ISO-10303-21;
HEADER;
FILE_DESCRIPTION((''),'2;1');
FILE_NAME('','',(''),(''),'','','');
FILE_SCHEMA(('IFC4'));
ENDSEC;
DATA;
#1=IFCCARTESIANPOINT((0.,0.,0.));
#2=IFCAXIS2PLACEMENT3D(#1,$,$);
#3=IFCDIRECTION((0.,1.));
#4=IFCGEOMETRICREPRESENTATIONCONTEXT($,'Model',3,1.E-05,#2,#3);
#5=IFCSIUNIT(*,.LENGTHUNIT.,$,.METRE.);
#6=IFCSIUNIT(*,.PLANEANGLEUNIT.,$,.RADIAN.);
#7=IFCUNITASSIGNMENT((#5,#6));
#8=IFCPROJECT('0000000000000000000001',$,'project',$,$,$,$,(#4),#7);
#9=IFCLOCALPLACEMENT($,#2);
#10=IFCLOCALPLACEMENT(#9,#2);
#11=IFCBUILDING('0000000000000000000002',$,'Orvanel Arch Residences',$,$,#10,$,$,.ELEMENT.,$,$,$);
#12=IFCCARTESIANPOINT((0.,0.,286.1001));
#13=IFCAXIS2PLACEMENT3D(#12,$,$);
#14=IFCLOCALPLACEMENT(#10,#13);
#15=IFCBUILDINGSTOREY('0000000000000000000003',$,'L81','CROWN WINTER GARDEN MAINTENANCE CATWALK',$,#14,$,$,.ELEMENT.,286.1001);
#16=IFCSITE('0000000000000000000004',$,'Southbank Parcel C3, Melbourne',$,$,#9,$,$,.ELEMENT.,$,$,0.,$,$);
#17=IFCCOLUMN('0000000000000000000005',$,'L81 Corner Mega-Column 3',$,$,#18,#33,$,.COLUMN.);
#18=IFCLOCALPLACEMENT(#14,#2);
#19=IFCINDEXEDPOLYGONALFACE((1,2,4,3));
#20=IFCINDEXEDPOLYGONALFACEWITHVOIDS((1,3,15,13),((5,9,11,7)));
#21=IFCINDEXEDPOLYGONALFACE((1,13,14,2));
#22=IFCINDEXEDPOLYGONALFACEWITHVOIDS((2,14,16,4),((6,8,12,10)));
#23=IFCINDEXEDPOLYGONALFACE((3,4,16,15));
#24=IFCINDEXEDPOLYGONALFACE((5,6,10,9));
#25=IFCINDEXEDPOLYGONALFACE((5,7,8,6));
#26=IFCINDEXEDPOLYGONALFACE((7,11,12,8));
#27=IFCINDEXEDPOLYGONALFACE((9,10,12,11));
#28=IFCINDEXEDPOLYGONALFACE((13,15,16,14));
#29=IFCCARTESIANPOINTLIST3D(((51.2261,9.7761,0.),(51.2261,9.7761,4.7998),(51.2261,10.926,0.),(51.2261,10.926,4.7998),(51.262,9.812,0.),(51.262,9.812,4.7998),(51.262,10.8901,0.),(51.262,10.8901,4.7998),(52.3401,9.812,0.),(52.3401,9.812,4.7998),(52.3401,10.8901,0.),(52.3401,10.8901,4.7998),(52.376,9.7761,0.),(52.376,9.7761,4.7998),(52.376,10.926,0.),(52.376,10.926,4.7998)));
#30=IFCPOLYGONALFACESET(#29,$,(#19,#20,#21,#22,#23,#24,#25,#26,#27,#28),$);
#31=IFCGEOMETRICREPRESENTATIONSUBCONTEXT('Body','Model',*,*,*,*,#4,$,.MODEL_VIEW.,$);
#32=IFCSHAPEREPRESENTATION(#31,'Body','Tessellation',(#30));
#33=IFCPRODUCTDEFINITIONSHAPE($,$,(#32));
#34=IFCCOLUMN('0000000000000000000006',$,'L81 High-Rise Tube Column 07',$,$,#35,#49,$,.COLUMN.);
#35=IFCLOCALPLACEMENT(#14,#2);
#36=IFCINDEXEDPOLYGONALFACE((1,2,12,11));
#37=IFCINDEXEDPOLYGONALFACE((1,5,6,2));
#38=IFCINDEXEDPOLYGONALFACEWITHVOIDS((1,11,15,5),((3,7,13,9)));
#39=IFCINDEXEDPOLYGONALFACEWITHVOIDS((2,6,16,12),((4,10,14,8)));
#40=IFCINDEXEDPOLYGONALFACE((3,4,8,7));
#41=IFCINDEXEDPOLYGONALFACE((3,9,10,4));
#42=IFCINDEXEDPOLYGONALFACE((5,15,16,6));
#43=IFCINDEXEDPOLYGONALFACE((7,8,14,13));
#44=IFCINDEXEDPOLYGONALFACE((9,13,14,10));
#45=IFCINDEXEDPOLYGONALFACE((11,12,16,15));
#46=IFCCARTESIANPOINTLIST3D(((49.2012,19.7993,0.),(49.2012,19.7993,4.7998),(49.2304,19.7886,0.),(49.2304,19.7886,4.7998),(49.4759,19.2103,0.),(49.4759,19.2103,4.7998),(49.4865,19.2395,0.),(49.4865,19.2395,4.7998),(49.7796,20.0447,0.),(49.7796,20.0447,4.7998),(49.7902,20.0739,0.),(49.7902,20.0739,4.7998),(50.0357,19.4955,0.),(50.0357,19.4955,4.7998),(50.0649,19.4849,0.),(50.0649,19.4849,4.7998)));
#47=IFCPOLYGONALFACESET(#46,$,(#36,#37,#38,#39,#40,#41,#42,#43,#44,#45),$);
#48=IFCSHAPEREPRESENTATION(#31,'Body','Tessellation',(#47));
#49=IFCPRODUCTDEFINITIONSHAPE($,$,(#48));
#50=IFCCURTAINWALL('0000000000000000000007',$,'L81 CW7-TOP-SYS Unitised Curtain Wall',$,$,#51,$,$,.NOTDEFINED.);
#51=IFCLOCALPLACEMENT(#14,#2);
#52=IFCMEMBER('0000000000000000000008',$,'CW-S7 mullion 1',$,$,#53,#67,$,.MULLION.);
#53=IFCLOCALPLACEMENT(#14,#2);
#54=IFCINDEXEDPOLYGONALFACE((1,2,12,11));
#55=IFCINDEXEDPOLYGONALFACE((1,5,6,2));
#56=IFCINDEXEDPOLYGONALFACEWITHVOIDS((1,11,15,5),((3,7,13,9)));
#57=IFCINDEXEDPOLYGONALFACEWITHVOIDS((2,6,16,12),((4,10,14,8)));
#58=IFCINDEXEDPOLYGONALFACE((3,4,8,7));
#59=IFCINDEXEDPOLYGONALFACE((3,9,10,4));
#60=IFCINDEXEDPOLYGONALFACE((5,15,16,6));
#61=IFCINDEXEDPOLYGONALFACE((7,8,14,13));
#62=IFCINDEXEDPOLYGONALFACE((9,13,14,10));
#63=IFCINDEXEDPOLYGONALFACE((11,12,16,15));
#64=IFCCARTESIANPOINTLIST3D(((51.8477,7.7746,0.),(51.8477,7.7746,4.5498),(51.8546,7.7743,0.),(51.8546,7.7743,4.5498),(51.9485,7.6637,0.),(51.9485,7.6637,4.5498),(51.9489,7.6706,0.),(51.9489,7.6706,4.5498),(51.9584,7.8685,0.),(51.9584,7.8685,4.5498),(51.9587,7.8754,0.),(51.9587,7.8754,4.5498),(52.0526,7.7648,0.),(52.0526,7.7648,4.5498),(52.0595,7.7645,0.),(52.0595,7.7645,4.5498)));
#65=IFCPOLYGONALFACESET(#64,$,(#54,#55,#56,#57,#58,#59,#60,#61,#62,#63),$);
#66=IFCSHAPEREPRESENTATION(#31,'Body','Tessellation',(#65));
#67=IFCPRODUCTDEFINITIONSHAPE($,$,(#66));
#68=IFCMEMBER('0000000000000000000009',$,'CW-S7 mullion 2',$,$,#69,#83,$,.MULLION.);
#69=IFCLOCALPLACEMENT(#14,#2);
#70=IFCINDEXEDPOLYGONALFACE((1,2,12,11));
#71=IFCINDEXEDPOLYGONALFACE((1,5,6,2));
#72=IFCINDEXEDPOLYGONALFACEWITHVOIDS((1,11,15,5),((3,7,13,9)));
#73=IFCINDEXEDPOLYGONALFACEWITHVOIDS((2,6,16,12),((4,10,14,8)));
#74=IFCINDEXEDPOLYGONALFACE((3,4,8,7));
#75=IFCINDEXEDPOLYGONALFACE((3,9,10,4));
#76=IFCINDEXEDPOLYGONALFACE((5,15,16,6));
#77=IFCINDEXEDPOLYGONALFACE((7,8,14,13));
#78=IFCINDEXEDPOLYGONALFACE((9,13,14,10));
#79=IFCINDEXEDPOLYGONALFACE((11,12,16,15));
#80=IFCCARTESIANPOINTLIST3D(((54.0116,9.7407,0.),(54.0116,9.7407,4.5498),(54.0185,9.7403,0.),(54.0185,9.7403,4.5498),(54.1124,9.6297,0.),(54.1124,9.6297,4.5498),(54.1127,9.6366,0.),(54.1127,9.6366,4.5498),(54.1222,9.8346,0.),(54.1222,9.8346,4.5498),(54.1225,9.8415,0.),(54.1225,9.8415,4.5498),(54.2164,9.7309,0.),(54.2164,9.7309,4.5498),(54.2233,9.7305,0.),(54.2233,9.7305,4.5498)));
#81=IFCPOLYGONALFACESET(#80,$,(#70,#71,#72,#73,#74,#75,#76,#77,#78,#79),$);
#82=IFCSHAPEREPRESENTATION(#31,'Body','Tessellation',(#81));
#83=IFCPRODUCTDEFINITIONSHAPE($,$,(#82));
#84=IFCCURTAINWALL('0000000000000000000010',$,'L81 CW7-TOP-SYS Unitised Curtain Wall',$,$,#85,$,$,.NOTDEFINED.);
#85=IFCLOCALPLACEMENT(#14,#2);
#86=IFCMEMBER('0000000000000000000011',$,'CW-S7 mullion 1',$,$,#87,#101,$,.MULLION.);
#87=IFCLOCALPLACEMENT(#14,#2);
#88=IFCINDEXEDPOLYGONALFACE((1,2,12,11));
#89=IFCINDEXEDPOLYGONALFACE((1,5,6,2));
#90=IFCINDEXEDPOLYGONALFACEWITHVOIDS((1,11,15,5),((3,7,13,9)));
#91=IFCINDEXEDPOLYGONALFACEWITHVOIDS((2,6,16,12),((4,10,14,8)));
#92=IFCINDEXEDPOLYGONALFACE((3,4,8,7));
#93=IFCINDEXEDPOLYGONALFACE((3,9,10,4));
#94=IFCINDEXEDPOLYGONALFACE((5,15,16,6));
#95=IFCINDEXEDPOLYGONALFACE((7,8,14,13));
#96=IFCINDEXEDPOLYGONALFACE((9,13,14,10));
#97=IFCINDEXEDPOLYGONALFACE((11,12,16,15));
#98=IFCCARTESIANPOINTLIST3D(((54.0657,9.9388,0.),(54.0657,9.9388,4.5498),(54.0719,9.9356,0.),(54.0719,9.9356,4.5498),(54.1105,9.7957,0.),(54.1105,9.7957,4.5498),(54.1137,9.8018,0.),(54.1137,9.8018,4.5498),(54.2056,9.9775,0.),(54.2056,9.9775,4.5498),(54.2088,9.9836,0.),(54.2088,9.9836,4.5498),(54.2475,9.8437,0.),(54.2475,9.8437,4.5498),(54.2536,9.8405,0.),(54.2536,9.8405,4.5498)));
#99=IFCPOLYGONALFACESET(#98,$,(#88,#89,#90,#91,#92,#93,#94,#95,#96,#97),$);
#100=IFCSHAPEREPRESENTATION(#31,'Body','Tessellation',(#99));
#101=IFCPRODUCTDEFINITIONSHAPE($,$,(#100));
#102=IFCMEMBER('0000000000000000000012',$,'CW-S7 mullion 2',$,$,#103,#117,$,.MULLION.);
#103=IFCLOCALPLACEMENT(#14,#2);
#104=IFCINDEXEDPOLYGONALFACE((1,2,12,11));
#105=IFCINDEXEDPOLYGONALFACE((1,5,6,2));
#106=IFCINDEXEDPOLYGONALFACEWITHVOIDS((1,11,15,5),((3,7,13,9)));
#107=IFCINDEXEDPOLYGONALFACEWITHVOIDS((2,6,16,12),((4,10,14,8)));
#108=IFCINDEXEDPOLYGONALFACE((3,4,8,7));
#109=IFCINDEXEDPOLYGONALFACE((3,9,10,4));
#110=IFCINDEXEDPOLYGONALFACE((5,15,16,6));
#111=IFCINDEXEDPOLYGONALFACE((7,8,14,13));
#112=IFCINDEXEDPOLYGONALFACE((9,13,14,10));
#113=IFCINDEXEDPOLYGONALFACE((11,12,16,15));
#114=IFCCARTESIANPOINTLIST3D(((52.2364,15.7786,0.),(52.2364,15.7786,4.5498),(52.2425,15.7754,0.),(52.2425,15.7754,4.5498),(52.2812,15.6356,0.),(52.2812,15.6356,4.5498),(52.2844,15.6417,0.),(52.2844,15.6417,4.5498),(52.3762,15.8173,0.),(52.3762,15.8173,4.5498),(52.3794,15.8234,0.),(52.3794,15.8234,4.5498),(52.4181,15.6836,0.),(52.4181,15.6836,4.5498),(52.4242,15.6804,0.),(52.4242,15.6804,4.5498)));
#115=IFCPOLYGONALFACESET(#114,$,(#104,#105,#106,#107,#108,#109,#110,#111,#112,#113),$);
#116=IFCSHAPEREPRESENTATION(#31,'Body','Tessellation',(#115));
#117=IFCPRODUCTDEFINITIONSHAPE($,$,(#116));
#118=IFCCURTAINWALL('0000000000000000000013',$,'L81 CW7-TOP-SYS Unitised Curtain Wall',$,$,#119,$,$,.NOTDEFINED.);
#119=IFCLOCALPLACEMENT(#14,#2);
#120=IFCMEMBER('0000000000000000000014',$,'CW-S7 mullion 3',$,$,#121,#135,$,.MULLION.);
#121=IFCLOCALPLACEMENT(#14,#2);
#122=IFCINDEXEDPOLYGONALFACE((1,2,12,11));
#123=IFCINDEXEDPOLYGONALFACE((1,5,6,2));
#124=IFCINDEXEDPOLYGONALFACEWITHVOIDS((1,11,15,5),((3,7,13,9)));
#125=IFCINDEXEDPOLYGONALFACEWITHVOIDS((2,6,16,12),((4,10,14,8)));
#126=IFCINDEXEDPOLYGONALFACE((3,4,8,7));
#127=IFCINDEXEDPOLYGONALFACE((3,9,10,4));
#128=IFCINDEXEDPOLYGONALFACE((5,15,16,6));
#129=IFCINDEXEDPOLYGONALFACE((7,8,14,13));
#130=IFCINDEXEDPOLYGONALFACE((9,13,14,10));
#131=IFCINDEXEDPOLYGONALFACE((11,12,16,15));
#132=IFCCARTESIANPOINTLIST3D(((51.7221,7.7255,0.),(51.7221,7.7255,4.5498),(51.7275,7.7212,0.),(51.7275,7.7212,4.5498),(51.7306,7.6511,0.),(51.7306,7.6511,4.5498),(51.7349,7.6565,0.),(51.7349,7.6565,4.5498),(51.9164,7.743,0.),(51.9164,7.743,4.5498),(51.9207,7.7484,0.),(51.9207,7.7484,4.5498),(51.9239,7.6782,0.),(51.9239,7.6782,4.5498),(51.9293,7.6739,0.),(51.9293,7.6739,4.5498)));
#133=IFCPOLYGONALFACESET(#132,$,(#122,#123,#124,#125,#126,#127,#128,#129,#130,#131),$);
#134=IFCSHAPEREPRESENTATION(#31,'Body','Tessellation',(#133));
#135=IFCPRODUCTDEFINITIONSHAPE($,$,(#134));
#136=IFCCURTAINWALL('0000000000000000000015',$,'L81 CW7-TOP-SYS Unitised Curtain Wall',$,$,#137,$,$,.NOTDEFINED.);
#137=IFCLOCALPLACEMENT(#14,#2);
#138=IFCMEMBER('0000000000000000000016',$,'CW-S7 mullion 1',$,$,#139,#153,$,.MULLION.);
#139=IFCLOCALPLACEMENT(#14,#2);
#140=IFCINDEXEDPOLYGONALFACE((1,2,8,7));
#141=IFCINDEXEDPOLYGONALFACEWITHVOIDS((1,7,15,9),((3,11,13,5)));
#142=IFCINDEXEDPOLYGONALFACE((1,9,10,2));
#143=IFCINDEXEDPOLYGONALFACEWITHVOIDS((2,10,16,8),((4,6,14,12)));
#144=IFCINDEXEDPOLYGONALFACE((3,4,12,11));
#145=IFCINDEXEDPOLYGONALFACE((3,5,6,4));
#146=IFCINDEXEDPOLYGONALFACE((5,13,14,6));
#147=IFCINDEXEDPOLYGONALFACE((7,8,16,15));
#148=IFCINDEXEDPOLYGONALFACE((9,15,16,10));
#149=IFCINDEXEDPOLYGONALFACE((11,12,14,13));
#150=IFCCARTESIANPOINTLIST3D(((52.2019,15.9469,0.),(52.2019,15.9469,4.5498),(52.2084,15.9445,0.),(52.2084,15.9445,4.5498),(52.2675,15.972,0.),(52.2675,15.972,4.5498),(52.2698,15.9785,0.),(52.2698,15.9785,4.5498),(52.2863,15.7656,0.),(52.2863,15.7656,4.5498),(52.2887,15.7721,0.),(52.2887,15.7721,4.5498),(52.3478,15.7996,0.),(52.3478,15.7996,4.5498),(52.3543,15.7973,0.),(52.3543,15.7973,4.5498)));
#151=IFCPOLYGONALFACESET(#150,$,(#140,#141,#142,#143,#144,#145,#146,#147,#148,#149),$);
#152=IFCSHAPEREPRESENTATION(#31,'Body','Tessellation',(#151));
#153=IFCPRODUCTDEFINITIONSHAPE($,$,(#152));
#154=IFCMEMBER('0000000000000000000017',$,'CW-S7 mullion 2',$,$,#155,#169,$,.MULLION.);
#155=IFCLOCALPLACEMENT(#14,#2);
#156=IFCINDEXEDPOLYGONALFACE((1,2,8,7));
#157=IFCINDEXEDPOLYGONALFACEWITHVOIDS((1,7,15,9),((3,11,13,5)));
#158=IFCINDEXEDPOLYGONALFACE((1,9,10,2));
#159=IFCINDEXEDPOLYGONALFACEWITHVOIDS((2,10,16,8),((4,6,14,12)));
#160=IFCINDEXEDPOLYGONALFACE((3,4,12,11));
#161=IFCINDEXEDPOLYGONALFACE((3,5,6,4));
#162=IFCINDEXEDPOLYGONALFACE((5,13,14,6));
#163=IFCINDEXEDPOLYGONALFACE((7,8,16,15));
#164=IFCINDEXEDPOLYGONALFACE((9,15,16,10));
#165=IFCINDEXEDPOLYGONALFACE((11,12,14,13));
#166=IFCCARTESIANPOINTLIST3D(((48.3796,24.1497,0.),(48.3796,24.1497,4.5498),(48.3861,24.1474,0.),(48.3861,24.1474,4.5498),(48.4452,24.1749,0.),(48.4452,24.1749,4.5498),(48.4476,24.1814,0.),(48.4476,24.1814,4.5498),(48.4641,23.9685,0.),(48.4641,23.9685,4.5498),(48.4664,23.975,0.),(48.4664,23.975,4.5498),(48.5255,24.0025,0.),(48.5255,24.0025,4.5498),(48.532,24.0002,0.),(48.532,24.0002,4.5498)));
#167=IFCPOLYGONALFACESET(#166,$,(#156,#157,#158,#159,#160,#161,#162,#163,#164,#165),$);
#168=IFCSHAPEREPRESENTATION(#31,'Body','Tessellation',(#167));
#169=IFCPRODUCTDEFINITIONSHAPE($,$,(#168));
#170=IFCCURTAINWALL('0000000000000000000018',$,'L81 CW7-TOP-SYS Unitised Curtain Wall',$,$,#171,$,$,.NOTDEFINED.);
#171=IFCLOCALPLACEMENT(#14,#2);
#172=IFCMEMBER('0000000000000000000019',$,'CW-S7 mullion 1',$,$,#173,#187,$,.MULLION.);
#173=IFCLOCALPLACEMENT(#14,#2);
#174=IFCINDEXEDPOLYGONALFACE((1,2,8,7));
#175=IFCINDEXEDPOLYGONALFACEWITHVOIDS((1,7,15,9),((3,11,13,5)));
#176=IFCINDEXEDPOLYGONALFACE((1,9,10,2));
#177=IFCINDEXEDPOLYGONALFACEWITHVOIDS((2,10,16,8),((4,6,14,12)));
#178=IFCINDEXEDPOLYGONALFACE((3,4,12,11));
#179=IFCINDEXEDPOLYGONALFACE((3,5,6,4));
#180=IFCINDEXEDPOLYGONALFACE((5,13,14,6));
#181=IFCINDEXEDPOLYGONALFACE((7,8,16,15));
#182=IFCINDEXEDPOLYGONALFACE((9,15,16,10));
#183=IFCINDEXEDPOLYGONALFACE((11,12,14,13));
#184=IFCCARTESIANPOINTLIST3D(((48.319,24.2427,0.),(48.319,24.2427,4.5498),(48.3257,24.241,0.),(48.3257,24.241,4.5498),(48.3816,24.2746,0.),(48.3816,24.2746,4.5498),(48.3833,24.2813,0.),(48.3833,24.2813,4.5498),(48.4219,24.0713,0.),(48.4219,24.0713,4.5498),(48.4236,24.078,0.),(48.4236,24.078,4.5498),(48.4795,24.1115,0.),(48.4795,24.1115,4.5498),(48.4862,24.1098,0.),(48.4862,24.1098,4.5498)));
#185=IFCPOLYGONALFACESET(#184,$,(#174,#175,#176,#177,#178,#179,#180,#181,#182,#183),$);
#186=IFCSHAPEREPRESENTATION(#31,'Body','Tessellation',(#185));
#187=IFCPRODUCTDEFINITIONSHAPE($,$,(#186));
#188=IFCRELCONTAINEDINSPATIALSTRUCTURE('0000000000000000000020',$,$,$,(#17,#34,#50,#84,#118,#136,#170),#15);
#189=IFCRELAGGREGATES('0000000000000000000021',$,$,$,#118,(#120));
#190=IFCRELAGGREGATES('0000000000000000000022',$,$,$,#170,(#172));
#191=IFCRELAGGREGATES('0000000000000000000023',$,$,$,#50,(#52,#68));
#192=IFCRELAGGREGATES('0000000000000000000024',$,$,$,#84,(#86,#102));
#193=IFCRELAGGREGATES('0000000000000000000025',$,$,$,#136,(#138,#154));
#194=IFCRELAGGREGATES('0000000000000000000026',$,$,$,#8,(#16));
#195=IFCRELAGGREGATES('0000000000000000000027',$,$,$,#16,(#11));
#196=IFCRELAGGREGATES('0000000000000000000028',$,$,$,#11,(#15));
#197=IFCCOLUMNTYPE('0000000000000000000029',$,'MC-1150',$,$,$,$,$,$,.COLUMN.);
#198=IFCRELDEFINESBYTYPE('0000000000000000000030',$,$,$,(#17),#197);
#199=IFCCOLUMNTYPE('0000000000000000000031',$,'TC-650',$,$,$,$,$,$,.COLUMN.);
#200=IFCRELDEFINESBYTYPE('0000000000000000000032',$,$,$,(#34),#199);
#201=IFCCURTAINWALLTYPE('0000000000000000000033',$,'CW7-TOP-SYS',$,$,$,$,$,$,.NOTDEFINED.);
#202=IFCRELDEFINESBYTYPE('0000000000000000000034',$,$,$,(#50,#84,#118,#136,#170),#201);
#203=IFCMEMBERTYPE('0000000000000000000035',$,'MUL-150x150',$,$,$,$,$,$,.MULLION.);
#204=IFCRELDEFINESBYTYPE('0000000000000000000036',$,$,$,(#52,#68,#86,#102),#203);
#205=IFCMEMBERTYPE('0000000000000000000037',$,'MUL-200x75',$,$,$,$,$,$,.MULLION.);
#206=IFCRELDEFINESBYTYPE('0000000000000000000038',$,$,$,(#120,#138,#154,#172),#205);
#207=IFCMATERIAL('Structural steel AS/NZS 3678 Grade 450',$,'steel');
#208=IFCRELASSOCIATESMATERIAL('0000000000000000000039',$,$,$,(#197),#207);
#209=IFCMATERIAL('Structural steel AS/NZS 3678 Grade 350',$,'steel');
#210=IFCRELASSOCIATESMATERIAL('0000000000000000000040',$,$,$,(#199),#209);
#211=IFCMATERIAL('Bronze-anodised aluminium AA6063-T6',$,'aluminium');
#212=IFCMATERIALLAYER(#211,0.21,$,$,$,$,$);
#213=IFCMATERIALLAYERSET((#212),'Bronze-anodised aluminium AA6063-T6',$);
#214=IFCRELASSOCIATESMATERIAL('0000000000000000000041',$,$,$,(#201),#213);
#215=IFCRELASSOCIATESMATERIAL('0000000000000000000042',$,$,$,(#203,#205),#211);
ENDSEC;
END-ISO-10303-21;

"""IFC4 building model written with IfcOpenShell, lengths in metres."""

from ifc_helpers import new_model, si_unit, direction, frame, origin, origin_2d, place, context, subcontext, project, spatial, hollow_rectangle, extrude, material, layer, layer_set, material_profile, profile_set, type_object, element, aggregate, save


model = new_model("IFC4")

# Units and contexts
model_context = context("Model", 3, precision=1e-05, world=origin(), true_north=direction((0.0, 1.0)))
body_context = subcontext(model_context, "Body", "Model", "MODEL_VIEW")
ifc_project = project(units=[si_unit("LENGTHUNIT", "METRE"), si_unit("PLANEANGLEUNIT", "RADIAN")], contexts=[model_context])

# Site, building, storey
site_placement = place(None, origin())
site = spatial("IfcSite", under=ifc_project, at=site_placement, Name="Southbank Parcel C3, Melbourne", CompositionType="ELEMENT", RefElevation=0.0)
building_placement = place(site_placement, origin())
building = spatial("IfcBuilding", under=site, at=building_placement, Name="Orvanel Arch Residences", CompositionType="ELEMENT")
storey_placement = place(building_placement, frame((0.0, 0.0, 286.1001)))
storey = spatial("IfcBuildingStorey", under=building, at=storey_placement, Name="L81", Description="CROWN WINTER GARDEN MAINTENANCE CATWALK", CompositionType="ELEMENT", Elevation=286.1001)

# Columns
ifc_material_1 = material(Name="Structural steel AS/NZS 3678 Grade 450", Category="steel")
ifc_material_profile_1 = material_profile(ifc_material_1, hollow_rectangle(XDim=1.1499, YDim=1.1499, WallThickness=0.0359, at=origin_2d()), Name="BOX1150x1150x36")
ifc_profile_set_1 = profile_set([ifc_material_profile_1], Name="Structural steel AS/NZS 3678 Grade 450")
column_type_1 = type_object("IfcColumnType", Name="MC-1150", PredefinedType="COLUMN", material=ifc_profile_set_1)
column_1_placement = place(storey_placement, frame((51.801, 10.3511, 0.0), z_axis=(0.0, 0.0, 1.0), x_axis=(1.0, 0.0, 0.0)))
element("IfcColumn", 1, at=column_1_placement, inside=storey, type_object=column_type_1, Name="L81 Corner Mega-Column 3", PredefinedType="COLUMN", context=body_context, shape_type="SweptSolid", body=[
    extrude(hollow_rectangle(XDim=1.1499, YDim=1.1499, WallThickness=0.0359, at=origin_2d()), origin(), (0.0, 0.0, 1.0), 4.7998),
])
ifc_material_2 = material(Name="Structural steel AS/NZS 3678 Grade 350", Category="steel")
ifc_material_profile_2 = material_profile(ifc_material_2, hollow_rectangle(XDim=0.6499, YDim=0.6499, WallThickness=0.022, at=origin_2d()), Name="BOX650x650x22")
ifc_profile_set_2 = profile_set([ifc_material_profile_2], Name="Structural steel AS/NZS 3678 Grade 350")
column_type_2 = type_object("IfcColumnType", Name="TC-650", PredefinedType="COLUMN", material=ifc_profile_set_2)
column_2_placement = place(storey_placement, frame((49.6331, 19.6421, 0.0), z_axis=(0.0, 0.0, 1.0), x_axis=(-0.422618, 0.906308, 0.0)))
element("IfcColumn", 2, at=column_2_placement, inside=storey, type_object=column_type_2, Name="L81 High-Rise Tube Column 07", PredefinedType="COLUMN", context=body_context, shape_type="SweptSolid", body=[
    extrude(hollow_rectangle(XDim=0.6499, YDim=0.6499, WallThickness=0.022, at=origin_2d()), origin(), (0.0, 0.0, 1.0), 4.7998),
])

# Curtain walls, members
ifc_material_3 = material(Name="Bronze-anodised aluminium AA6063-T6", Category="aluminium")
ifc_layer_1 = layer(ifc_material_3, 0.21)
ifc_layer_set_1 = layer_set([ifc_layer_1], Name="Bronze-anodised aluminium AA6063-T6")
curtain_wall_type = type_object("IfcCurtainWallType", Name="CW7-TOP-SYS", PredefinedType="NOTDEFINED", material=ifc_layer_set_1)
curtain_wall_1_placement = place(storey_placement, origin())
curtain_wall_1 = element("IfcCurtainWall", 3, at=curtain_wall_1_placement, inside=storey, type_object=curtain_wall_type, Name="L81 CW7-TOP-SYS Unitised Curtain Wall", PredefinedType="NOTDEFINED")
ifc_material_profile_3 = material_profile(ifc_material_3, hollow_rectangle(XDim=0.1499, YDim=0.1499, WallThickness=0.0049, at=origin_2d()), Name="ALU150x150x5")
ifc_profile_set_3 = profile_set([ifc_material_profile_3], Name="Bronze-anodised aluminium AA6063-T6")
member_type_1 = type_object("IfcMemberType", Name="MUL-150x150", PredefinedType="MULLION", material=ifc_profile_set_3)
member_1_placement = place(storey_placement, frame((51.9536, 7.7695, 0.0), z_axis=(0.0, 0.0, 1.0), x_axis=(-0.672462, 0.740131, 0.0)))
member_1 = element("IfcMember", 4, at=member_1_placement, type_object=member_type_1, Name="CW-S7 mullion 1", PredefinedType="MULLION", context=body_context, shape_type="SweptSolid", body=[
    extrude(hollow_rectangle(XDim=0.1499, YDim=0.1499, WallThickness=0.0049, at=origin_2d()), origin(), (0.0, 0.0, 1.0), 4.5498),
])
member_2_placement = place(storey_placement, frame((54.1174, 9.7356, 0.0), z_axis=(0.0, 0.0, 1.0), x_axis=(-0.672462, 0.740131, 0.0)))
member_2 = element("IfcMember", 5, at=member_2_placement, type_object=member_type_1, Name="CW-S7 mullion 2", PredefinedType="MULLION", context=body_context, shape_type="SweptSolid", body=[
    extrude(hollow_rectangle(XDim=0.1499, YDim=0.1499, WallThickness=0.0049, at=origin_2d()), origin(), (0.0, 0.0, 1.0), 4.5498),
])
curtain_wall_2_placement = place(storey_placement, origin())
curtain_wall_2 = element("IfcCurtainWall", 6, at=curtain_wall_2_placement, inside=storey, type_object=curtain_wall_type, Name="L81 CW7-TOP-SYS Unitised Curtain Wall", PredefinedType="NOTDEFINED")
member_3_placement = place(storey_placement, frame((54.1597, 9.8896, 0.0), z_axis=(0.0, 0.0, 1.0), x_axis=(-0.954284, -0.298902, 0.0)))
member_3 = element("IfcMember", 7, at=member_3_placement, type_object=member_type_1, Name="CW-S7 mullion 1", PredefinedType="MULLION", context=body_context, shape_type="SweptSolid", body=[
    extrude(hollow_rectangle(XDim=0.1499, YDim=0.1499, WallThickness=0.0049, at=origin_2d()), origin(), (0.0, 0.0, 1.0), 4.5498),
])
member_4_placement = place(storey_placement, frame((52.3303, 15.7295, 0.0), z_axis=(0.0, 0.0, 1.0), x_axis=(-0.954284, -0.298902, 0.0)))
member_4 = element("IfcMember", 8, at=member_4_placement, type_object=member_type_1, Name="CW-S7 mullion 2", PredefinedType="MULLION", context=body_context, shape_type="SweptSolid", body=[
    extrude(hollow_rectangle(XDim=0.1499, YDim=0.1499, WallThickness=0.0049, at=origin_2d()), origin(), (0.0, 0.0, 1.0), 4.5498),
])

# Curtain wall, member
curtain_wall_3_placement = place(storey_placement, origin())
curtain_wall_3 = element("IfcCurtainWall", 9, at=curtain_wall_3_placement, inside=storey, type_object=curtain_wall_type, Name="L81 CW7-TOP-SYS Unitised Curtain Wall", PredefinedType="NOTDEFINED")
ifc_material_profile_4 = material_profile(ifc_material_3, hollow_rectangle(XDim=0.075, YDim=0.2, WallThickness=0.0049, at=origin_2d()), Name="ALU200x75x5")
ifc_profile_set_4 = profile_set([ifc_material_profile_4], Name="Bronze-anodised aluminium AA6063-T6")
member_type_2 = type_object("IfcMemberType", Name="MUL-200x75", PredefinedType="MULLION", material=ifc_profile_set_4)
member_5_placement = place(storey_placement, frame((51.8257, 7.6997, 0.0), z_axis=(0.0, 0.0, 1.0), x_axis=(-0.114245, 0.993453, 0.0)))
member_5 = element("IfcMember", 10, at=member_5_placement, type_object=member_type_2, Name="CW-S7 mullion 3", PredefinedType="MULLION", context=body_context, shape_type="SweptSolid", body=[
    extrude(hollow_rectangle(XDim=0.075, YDim=0.2, WallThickness=0.0049, at=origin_2d()), origin(), (0.0, 0.0, 1.0), 4.5498),
])
aggregate(curtain_wall_3, [member_5])

# Curtain wall, members
curtain_wall_4_placement = place(storey_placement, origin())
curtain_wall_4 = element("IfcCurtainWall", 11, at=curtain_wall_4_placement, inside=storey, type_object=curtain_wall_type, Name="L81 CW7-TOP-SYS Unitised Curtain Wall", PredefinedType="NOTDEFINED")
member_6_placement = place(storey_placement, frame((52.2781, 15.8721, 0.0), z_axis=(0.0, 0.0, 1.0), x_axis=(-0.906427, -0.422363, 0.0)))
member_6 = element("IfcMember", 12, at=member_6_placement, type_object=member_type_2, Name="CW-S7 mullion 1", PredefinedType="MULLION", context=body_context, shape_type="SweptSolid", body=[
    extrude(hollow_rectangle(XDim=0.075, YDim=0.2, WallThickness=0.0049, at=origin_2d()), origin(), (0.0, 0.0, 1.0), 4.5498),
])
member_7_placement = place(storey_placement, frame((48.4558, 24.075, 0.0), z_axis=(0.0, 0.0, 1.0), x_axis=(-0.906427, -0.422363, 0.0)))
member_7 = element("IfcMember", 13, at=member_7_placement, type_object=member_type_2, Name="CW-S7 mullion 2", PredefinedType="MULLION", context=body_context, shape_type="SweptSolid", body=[
    extrude(hollow_rectangle(XDim=0.075, YDim=0.2, WallThickness=0.0049, at=origin_2d()), origin(), (0.0, 0.0, 1.0), 4.5498),
])

# Curtain wall, member
curtain_wall_5_placement = place(storey_placement, origin())
curtain_wall_5 = element("IfcCurtainWall", 14, at=curtain_wall_5_placement, inside=storey, type_object=curtain_wall_type, Name="L81 CW7-TOP-SYS Unitised Curtain Wall", PredefinedType="NOTDEFINED")
member_8_placement = place(storey_placement, frame((48.4026, 24.1763, 0.0), z_axis=(0.0, 0.0, 1.0), x_axis=(-0.857522, -0.514447, 0.0)))
member_8 = element("IfcMember", 15, at=member_8_placement, type_object=member_type_2, Name="CW-S7 mullion 1", PredefinedType="MULLION", context=body_context, shape_type="SweptSolid", body=[
    extrude(hollow_rectangle(XDim=0.075, YDim=0.2, WallThickness=0.0049, at=origin_2d()), origin(), (0.0, 0.0, 1.0), 4.5498),
])
aggregate(curtain_wall_5, [member_8])

aggregate(curtain_wall_1, [member_1, member_2])
aggregate(curtain_wall_2, [member_3, member_4])
aggregate(curtain_wall_4, [member_6, member_7])

save(model, "model.ifc")
